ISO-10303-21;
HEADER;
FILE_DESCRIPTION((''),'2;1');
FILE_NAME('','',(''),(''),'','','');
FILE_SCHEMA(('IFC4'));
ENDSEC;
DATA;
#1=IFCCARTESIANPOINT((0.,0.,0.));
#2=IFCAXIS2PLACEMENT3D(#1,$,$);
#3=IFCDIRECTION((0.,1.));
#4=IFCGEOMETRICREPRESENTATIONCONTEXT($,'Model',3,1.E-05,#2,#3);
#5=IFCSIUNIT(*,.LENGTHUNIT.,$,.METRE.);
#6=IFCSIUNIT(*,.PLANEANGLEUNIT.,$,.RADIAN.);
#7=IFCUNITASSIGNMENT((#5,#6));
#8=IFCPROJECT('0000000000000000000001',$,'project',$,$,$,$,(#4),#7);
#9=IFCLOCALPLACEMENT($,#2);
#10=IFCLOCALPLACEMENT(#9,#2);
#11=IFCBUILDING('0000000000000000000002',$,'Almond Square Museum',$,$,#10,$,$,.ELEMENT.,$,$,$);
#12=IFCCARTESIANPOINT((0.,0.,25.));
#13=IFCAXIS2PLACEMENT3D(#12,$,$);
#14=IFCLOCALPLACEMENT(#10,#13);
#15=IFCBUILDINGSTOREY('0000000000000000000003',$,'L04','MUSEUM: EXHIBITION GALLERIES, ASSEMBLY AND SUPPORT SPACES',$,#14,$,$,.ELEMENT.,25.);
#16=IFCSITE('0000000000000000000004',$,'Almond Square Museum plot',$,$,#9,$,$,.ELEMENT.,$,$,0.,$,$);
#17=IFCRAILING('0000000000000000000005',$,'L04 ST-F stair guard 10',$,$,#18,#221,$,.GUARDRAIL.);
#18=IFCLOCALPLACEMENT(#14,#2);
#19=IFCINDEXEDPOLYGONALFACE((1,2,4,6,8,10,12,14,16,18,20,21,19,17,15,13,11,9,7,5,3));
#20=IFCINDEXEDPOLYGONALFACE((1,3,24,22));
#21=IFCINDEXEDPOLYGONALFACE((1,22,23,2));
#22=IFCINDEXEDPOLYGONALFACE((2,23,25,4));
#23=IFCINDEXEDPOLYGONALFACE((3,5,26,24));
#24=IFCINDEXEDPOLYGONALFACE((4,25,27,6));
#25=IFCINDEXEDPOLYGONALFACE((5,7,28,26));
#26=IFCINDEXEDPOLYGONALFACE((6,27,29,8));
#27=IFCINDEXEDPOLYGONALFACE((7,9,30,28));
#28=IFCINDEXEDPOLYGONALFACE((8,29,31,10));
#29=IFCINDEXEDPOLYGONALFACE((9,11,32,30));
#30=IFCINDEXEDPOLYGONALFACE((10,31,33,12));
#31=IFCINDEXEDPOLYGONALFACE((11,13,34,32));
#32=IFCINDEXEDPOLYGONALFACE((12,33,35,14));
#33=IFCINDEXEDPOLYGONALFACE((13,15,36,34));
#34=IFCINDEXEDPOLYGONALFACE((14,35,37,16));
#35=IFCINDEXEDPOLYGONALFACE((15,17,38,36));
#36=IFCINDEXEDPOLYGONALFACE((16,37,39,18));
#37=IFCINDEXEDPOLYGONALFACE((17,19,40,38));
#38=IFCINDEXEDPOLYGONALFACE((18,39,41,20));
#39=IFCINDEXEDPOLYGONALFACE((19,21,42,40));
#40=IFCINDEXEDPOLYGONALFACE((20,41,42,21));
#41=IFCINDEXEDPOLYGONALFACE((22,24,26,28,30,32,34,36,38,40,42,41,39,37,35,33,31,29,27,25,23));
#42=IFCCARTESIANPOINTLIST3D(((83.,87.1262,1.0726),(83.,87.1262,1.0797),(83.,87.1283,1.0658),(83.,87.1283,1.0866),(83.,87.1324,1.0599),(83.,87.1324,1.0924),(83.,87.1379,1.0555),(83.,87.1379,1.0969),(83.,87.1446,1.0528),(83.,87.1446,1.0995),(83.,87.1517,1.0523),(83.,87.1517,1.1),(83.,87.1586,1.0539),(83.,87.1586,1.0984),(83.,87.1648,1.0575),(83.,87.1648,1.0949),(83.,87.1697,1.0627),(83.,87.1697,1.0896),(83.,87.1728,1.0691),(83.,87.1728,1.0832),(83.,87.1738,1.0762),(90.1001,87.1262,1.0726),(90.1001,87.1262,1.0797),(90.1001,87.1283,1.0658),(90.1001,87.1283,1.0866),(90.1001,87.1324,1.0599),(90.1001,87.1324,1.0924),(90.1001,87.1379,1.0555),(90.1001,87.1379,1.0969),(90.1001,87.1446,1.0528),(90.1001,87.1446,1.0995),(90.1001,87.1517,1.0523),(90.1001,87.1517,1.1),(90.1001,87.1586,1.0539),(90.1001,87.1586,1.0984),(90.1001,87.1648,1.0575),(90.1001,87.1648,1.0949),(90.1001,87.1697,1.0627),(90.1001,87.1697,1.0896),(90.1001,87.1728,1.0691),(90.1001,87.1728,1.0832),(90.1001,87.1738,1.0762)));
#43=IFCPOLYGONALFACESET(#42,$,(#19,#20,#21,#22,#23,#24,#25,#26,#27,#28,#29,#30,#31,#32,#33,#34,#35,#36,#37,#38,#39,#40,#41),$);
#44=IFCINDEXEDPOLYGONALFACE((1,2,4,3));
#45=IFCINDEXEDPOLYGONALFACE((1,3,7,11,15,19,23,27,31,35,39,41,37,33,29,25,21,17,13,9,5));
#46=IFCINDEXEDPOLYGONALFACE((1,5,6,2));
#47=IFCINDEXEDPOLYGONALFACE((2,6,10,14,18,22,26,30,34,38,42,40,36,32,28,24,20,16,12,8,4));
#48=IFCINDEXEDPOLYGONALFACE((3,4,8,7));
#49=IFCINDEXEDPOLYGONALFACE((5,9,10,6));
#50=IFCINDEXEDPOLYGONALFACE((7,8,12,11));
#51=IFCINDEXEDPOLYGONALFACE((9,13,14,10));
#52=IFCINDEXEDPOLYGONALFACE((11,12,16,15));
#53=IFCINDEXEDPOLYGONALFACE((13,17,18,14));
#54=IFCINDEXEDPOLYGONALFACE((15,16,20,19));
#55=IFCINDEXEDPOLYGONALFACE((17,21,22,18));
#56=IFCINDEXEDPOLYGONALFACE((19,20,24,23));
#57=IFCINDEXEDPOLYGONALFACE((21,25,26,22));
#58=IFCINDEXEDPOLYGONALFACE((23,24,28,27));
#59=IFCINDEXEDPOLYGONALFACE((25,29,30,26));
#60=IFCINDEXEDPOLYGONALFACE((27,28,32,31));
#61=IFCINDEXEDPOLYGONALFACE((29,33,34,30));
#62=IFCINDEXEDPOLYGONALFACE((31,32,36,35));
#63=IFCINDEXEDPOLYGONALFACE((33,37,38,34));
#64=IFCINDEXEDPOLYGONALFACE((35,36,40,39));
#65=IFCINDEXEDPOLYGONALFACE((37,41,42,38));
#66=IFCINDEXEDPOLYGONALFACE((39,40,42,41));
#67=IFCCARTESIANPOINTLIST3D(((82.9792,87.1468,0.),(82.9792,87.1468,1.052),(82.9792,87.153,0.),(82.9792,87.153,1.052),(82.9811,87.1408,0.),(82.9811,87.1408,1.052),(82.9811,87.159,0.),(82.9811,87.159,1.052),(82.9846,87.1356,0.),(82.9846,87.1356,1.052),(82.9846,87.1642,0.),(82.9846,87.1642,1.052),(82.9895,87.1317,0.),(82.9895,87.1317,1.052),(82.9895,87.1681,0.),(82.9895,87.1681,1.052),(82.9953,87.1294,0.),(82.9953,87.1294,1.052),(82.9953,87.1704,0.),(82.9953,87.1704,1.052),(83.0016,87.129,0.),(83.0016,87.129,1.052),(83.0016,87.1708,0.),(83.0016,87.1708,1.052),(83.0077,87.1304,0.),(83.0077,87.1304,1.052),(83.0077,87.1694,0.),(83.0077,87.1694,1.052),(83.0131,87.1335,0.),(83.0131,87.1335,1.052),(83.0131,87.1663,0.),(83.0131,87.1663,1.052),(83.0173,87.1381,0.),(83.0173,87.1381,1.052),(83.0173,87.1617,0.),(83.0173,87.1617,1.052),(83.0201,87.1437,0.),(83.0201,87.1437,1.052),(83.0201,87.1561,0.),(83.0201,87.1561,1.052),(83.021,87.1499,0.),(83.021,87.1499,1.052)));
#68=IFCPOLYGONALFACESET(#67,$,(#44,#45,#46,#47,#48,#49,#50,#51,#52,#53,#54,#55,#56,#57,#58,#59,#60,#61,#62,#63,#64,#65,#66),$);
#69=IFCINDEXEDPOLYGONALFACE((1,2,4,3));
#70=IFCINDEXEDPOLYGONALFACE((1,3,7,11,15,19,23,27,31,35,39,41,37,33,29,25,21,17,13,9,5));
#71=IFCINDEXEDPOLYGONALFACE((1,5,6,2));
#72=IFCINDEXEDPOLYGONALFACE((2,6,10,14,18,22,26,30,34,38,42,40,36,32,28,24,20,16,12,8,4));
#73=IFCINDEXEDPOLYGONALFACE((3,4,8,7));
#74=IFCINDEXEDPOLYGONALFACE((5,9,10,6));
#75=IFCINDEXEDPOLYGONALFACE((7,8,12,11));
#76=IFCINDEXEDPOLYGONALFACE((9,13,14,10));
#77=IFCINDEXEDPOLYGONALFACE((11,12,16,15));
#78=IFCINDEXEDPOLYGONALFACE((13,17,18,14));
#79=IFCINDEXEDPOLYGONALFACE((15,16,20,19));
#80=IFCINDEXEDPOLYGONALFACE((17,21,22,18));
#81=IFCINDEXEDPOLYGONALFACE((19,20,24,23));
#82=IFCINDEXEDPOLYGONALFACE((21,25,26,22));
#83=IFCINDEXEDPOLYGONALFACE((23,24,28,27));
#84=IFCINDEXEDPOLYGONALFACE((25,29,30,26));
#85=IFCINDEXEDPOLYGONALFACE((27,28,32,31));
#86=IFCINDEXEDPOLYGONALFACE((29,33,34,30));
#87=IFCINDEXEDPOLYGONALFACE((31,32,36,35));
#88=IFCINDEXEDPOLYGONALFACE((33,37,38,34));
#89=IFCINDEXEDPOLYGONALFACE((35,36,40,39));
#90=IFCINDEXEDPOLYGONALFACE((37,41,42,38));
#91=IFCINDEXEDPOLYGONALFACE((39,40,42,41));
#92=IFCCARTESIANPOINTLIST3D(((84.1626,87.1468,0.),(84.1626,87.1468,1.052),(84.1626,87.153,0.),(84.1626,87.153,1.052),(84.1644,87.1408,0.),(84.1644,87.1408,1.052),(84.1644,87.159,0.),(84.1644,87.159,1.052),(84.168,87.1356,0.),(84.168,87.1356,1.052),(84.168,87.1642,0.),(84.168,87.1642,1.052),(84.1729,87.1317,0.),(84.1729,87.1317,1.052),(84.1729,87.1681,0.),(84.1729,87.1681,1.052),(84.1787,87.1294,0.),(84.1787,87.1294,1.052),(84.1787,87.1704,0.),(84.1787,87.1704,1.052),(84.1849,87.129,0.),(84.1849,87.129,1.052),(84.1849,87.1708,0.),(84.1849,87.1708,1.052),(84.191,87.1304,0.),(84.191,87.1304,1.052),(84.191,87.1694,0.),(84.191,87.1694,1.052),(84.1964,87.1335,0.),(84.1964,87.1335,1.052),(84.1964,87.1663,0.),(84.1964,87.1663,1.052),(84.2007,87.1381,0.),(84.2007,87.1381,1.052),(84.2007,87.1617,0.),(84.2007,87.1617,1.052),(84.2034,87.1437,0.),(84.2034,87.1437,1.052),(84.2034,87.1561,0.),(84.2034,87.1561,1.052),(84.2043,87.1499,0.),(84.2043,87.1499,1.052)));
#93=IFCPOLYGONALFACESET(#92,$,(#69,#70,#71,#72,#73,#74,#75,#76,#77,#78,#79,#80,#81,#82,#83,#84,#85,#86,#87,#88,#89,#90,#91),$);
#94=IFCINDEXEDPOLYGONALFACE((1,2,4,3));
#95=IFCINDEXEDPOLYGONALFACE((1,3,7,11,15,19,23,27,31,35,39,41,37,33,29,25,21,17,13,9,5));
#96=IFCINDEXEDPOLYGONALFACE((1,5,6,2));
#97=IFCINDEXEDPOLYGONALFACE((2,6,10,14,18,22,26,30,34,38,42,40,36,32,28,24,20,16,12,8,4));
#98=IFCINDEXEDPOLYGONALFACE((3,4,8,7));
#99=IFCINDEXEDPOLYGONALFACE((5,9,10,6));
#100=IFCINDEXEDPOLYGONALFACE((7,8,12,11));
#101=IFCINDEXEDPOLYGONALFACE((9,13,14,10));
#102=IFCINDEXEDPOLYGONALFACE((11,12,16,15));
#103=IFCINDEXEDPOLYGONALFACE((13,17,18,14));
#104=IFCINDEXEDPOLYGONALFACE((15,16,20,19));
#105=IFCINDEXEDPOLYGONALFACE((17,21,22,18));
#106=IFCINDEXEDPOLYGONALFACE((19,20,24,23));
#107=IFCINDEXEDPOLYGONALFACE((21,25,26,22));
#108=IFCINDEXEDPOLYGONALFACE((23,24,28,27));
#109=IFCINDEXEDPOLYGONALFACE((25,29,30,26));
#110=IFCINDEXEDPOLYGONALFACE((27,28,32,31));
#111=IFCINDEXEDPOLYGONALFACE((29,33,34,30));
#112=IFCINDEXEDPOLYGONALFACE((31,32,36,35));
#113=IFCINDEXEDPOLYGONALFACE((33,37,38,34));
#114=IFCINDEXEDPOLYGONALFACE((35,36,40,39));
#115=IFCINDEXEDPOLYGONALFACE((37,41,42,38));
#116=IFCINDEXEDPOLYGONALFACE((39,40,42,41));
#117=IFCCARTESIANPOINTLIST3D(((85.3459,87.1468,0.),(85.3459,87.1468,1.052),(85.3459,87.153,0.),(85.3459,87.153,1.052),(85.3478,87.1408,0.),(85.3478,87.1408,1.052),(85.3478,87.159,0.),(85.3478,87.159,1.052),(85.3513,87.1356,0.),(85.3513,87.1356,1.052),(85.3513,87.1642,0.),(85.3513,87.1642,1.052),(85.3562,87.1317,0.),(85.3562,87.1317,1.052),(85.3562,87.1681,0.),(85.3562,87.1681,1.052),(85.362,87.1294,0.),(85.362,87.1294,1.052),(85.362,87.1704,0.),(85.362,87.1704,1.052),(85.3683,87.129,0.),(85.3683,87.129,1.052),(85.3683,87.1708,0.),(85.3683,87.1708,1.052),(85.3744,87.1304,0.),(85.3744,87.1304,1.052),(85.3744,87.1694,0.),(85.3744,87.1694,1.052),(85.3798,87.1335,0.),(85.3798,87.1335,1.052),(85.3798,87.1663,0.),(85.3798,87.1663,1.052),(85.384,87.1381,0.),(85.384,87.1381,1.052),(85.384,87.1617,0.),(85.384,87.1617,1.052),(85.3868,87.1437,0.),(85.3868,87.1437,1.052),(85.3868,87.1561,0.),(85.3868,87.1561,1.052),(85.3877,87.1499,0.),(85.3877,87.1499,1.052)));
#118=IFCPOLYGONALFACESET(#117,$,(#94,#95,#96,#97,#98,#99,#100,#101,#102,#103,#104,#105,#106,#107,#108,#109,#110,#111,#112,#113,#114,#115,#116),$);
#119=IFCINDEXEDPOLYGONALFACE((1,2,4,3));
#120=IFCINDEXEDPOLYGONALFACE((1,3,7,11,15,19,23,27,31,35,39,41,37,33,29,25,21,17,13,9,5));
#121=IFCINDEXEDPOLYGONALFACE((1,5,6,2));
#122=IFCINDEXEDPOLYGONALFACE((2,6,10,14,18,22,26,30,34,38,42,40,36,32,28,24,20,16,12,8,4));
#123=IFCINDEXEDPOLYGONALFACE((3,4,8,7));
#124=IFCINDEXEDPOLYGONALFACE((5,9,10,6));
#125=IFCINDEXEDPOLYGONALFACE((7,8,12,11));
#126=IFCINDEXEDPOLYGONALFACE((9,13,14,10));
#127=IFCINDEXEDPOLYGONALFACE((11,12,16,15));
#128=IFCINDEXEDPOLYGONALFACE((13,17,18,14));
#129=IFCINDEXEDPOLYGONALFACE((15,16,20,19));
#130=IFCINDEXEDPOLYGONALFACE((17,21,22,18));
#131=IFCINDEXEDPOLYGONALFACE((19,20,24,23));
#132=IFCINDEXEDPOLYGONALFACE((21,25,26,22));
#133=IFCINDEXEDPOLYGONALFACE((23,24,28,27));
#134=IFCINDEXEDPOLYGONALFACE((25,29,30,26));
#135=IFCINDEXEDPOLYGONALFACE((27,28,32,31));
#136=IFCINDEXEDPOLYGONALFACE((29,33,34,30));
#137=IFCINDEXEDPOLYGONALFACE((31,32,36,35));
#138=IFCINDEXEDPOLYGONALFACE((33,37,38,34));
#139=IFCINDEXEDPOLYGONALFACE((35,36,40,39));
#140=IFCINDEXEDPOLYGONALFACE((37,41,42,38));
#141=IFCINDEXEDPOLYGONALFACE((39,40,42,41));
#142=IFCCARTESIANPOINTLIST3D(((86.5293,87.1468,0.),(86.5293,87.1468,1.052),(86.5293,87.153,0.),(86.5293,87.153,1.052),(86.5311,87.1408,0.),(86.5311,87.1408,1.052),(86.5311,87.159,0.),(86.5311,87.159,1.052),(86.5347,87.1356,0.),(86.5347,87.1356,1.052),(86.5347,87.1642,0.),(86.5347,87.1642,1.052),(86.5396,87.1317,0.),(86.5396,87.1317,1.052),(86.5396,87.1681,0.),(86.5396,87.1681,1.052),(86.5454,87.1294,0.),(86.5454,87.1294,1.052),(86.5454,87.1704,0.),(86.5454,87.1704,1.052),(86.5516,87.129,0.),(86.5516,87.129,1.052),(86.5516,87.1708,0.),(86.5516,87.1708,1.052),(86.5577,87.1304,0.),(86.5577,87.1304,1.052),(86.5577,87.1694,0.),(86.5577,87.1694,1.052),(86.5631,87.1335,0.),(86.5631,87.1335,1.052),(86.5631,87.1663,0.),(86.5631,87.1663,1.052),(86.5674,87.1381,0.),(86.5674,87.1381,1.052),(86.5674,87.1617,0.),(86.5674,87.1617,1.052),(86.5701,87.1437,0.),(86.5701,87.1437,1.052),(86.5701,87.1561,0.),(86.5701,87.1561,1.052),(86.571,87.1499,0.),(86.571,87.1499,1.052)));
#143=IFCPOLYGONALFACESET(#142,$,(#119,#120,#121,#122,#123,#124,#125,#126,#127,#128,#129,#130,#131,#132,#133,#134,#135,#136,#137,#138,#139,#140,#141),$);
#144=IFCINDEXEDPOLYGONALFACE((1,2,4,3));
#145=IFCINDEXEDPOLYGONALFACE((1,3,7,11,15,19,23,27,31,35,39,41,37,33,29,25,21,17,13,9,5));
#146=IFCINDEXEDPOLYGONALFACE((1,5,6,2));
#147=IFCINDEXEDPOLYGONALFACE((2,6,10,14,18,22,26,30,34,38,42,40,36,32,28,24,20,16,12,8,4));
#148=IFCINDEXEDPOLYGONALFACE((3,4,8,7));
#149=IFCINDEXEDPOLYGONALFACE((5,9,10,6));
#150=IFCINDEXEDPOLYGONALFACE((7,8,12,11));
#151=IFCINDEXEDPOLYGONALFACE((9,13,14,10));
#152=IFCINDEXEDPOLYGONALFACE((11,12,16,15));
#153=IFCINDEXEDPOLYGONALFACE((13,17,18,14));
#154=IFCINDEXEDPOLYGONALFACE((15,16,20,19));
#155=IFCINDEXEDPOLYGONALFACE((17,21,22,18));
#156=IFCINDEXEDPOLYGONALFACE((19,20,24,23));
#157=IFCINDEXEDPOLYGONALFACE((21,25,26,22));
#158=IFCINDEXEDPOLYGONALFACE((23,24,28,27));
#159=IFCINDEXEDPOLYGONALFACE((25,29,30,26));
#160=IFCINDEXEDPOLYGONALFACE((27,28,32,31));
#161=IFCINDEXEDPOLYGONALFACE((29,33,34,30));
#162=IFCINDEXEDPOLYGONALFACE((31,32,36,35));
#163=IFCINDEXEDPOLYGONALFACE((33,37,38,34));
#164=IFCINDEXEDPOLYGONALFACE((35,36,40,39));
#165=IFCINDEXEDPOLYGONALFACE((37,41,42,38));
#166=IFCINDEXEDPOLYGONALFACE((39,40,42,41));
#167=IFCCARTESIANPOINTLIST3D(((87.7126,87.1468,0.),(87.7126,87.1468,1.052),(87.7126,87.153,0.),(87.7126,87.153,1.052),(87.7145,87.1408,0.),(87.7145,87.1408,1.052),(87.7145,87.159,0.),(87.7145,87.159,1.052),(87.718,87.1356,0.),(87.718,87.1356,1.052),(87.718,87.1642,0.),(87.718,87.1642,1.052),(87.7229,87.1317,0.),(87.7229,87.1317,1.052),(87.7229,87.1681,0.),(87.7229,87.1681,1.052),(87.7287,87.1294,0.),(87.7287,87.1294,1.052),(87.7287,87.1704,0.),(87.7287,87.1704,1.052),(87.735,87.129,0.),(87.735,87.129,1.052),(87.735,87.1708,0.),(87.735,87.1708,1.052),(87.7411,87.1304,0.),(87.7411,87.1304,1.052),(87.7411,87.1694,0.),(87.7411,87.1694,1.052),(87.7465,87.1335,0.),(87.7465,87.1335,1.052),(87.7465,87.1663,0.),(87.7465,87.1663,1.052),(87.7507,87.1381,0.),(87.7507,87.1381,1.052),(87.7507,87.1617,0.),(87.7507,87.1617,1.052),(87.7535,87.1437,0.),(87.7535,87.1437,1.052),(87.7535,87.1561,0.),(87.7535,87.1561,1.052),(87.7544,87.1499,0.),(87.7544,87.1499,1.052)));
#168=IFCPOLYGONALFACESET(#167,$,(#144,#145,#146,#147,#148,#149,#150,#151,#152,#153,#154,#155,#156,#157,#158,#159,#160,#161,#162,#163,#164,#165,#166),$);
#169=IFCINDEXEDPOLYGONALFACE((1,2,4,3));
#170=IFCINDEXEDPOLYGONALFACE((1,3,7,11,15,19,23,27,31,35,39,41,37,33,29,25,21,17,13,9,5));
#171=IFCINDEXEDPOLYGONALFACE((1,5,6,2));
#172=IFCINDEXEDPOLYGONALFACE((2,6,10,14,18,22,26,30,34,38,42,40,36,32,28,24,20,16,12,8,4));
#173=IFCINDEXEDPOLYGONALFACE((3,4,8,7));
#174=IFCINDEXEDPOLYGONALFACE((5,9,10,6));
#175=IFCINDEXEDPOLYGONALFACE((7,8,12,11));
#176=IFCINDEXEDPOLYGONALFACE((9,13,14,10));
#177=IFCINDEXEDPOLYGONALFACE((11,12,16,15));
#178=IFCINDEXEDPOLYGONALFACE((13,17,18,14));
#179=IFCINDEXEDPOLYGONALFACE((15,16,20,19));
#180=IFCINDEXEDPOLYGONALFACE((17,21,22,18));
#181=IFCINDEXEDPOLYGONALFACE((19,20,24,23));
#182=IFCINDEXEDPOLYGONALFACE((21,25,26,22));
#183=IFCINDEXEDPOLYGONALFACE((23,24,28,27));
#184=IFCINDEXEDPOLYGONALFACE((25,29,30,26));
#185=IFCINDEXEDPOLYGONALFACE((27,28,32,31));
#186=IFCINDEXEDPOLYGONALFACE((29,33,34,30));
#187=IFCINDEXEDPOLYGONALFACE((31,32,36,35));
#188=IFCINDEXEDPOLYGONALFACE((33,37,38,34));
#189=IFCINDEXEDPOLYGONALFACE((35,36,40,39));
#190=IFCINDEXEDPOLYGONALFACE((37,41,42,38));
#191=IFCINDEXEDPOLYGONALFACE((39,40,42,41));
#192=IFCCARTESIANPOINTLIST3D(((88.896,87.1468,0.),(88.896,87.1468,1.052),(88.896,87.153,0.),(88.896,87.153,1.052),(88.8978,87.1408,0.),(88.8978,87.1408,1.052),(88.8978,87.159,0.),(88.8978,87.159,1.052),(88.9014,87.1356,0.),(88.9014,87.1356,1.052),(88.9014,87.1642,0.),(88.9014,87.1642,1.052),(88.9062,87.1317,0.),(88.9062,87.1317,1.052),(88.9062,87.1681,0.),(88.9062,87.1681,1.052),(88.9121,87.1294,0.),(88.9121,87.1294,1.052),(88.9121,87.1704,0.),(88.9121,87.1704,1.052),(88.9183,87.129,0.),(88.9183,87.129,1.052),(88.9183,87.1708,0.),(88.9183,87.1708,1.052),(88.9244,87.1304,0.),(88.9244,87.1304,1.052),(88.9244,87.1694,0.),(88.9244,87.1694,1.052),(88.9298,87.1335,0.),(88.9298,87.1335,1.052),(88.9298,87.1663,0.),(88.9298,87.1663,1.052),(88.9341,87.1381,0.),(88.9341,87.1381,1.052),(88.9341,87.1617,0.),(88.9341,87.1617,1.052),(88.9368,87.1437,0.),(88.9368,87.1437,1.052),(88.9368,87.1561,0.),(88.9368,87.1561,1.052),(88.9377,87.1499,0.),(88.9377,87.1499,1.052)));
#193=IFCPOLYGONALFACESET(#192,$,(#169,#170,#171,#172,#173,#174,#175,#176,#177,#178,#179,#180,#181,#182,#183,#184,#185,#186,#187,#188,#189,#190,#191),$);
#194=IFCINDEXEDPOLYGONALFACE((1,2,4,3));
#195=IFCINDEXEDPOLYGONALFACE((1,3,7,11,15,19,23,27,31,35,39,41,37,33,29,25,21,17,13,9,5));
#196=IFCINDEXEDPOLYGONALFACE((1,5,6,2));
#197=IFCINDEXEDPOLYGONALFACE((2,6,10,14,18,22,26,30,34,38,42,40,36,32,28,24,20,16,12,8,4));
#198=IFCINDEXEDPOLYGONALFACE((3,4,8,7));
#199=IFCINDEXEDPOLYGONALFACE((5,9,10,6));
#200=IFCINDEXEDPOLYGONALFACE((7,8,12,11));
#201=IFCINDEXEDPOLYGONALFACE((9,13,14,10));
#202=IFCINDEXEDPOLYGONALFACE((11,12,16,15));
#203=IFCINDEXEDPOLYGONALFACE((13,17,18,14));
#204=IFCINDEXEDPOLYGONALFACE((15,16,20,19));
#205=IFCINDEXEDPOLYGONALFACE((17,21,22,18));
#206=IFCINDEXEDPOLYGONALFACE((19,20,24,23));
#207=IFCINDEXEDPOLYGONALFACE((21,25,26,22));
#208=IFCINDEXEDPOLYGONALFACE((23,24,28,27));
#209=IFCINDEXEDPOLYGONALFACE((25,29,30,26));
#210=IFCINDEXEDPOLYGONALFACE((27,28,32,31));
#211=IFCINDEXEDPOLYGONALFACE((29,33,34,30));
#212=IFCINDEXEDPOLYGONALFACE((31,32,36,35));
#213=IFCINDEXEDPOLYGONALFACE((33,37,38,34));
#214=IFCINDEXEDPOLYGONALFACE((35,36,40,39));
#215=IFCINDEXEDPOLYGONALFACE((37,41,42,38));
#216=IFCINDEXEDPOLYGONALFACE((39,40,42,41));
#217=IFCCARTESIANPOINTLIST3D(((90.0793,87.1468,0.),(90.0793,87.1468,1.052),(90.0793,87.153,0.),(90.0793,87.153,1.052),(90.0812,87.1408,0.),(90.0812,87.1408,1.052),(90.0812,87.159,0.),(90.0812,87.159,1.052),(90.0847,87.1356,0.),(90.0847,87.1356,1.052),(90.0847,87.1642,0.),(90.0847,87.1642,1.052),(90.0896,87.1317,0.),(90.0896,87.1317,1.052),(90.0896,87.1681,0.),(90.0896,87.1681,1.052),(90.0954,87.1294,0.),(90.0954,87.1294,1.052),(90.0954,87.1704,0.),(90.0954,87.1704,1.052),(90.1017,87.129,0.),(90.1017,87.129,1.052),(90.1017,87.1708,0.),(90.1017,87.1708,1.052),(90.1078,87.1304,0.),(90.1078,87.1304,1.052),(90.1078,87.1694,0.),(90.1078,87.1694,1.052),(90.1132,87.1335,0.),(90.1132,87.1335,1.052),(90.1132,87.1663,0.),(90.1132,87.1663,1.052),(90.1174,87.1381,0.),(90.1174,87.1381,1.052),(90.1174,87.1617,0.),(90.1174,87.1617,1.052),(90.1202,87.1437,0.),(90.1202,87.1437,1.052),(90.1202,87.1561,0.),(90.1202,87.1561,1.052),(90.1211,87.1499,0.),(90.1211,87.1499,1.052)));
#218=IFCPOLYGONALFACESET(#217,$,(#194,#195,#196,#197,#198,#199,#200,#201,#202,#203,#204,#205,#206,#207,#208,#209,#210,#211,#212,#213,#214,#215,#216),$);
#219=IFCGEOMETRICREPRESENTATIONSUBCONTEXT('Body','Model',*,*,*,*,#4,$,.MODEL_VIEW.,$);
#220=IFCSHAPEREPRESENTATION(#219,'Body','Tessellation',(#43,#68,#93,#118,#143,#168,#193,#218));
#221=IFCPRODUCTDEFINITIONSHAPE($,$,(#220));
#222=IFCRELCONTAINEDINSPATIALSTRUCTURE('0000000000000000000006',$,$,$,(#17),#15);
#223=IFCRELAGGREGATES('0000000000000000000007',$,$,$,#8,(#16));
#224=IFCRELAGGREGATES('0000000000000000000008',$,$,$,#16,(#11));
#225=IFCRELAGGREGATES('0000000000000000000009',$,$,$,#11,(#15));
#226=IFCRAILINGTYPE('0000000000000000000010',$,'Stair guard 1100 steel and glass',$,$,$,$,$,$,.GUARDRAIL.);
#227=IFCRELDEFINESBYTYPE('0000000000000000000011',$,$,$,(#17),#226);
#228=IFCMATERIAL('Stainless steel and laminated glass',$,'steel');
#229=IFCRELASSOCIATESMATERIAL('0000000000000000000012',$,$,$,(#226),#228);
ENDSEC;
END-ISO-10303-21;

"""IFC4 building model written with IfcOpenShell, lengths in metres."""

from ifc_helpers import new_model, si_unit, direction, frame, origin, origin_2d, place, context, subcontext, project, spatial, circle, extrude, material, type_object, element, save


model = new_model("IFC4")

# Units and contexts
model_context = context("Model", 3, precision=1e-05, world=origin(), true_north=direction((0.0, 1.0)))
body_context = subcontext(model_context, "Body", "Model", "MODEL_VIEW")
ifc_project = project(units=[si_unit("LENGTHUNIT", "METRE"), si_unit("PLANEANGLEUNIT", "RADIAN")], contexts=[model_context])

# Site, building, storey
site_placement = place(None, origin())
site = spatial("IfcSite", under=ifc_project, at=site_placement, Name="Almond Square Museum plot", CompositionType="ELEMENT", RefElevation=0.0)
building_placement = place(site_placement, origin())
building = spatial("IfcBuilding", under=site, at=building_placement, Name="Almond Square Museum", CompositionType="ELEMENT")
storey_placement = place(building_placement, frame((0.0, 0.0, 25.0)))
storey = spatial("IfcBuildingStorey", under=building, at=storey_placement, Name="L04", Description="MUSEUM: EXHIBITION GALLERIES, ASSEMBLY AND SUPPORT SPACES", CompositionType="ELEMENT", Elevation=25.0)

# Railing
ifc_material_1 = material(Name="Stainless steel and laminated glass", Category="steel")
railing_type_1 = type_object("IfcRailingType", Name="Stair guard 1100 steel and glass", PredefinedType="GUARDRAIL", material=ifc_material_1)
railing_1_placement = place(storey_placement, frame((83.0, 87.1499, 0.0)))
element("IfcRailing", 1, at=railing_1_placement, inside=storey, type_object=railing_type_1, Name="L04 ST-F stair guard 10", PredefinedType="GUARDRAIL", context=body_context, shape_type="SweptSolid", body=[
    extrude(circle(Radius=0.0239, at=origin_2d()), frame((0.0, 0.0, 1.0762), z_axis=(1.0, 0.0, 0.0), x_axis=(0.0, 1.0, 0.0)), (0.0, 0.0, 1.0), 7.1001),
    extrude(circle(Radius=0.021, at=origin_2d()), origin(), (0.0, 0.0, 1.0), 1.052),
    extrude(circle(Radius=0.021, at=origin_2d()), frame((1.1833, 0.0, 0.0)), (0.0, 0.0, 1.0), 1.052),
    extrude(circle(Radius=0.021, at=origin_2d()), frame((2.3667, 0.0, 0.0)), (0.0, 0.0, 1.0), 1.052),
    extrude(circle(Radius=0.021, at=origin_2d()), frame((3.55, 0.0, 0.0)), (0.0, 0.0, 1.0), 1.052),
    extrude(circle(Radius=0.021, at=origin_2d()), frame((4.7334, 0.0, 0.0)), (0.0, 0.0, 1.0), 1.052),
    extrude(circle(Radius=0.021, at=origin_2d()), frame((5.9167, 0.0, 0.0)), (0.0, 0.0, 1.0), 1.052),
    extrude(circle(Radius=0.021, at=origin_2d()), frame((7.1001, 0.0, 0.0)), (0.0, 0.0, 1.0), 1.052),
])

save(model, "model.ifc")
